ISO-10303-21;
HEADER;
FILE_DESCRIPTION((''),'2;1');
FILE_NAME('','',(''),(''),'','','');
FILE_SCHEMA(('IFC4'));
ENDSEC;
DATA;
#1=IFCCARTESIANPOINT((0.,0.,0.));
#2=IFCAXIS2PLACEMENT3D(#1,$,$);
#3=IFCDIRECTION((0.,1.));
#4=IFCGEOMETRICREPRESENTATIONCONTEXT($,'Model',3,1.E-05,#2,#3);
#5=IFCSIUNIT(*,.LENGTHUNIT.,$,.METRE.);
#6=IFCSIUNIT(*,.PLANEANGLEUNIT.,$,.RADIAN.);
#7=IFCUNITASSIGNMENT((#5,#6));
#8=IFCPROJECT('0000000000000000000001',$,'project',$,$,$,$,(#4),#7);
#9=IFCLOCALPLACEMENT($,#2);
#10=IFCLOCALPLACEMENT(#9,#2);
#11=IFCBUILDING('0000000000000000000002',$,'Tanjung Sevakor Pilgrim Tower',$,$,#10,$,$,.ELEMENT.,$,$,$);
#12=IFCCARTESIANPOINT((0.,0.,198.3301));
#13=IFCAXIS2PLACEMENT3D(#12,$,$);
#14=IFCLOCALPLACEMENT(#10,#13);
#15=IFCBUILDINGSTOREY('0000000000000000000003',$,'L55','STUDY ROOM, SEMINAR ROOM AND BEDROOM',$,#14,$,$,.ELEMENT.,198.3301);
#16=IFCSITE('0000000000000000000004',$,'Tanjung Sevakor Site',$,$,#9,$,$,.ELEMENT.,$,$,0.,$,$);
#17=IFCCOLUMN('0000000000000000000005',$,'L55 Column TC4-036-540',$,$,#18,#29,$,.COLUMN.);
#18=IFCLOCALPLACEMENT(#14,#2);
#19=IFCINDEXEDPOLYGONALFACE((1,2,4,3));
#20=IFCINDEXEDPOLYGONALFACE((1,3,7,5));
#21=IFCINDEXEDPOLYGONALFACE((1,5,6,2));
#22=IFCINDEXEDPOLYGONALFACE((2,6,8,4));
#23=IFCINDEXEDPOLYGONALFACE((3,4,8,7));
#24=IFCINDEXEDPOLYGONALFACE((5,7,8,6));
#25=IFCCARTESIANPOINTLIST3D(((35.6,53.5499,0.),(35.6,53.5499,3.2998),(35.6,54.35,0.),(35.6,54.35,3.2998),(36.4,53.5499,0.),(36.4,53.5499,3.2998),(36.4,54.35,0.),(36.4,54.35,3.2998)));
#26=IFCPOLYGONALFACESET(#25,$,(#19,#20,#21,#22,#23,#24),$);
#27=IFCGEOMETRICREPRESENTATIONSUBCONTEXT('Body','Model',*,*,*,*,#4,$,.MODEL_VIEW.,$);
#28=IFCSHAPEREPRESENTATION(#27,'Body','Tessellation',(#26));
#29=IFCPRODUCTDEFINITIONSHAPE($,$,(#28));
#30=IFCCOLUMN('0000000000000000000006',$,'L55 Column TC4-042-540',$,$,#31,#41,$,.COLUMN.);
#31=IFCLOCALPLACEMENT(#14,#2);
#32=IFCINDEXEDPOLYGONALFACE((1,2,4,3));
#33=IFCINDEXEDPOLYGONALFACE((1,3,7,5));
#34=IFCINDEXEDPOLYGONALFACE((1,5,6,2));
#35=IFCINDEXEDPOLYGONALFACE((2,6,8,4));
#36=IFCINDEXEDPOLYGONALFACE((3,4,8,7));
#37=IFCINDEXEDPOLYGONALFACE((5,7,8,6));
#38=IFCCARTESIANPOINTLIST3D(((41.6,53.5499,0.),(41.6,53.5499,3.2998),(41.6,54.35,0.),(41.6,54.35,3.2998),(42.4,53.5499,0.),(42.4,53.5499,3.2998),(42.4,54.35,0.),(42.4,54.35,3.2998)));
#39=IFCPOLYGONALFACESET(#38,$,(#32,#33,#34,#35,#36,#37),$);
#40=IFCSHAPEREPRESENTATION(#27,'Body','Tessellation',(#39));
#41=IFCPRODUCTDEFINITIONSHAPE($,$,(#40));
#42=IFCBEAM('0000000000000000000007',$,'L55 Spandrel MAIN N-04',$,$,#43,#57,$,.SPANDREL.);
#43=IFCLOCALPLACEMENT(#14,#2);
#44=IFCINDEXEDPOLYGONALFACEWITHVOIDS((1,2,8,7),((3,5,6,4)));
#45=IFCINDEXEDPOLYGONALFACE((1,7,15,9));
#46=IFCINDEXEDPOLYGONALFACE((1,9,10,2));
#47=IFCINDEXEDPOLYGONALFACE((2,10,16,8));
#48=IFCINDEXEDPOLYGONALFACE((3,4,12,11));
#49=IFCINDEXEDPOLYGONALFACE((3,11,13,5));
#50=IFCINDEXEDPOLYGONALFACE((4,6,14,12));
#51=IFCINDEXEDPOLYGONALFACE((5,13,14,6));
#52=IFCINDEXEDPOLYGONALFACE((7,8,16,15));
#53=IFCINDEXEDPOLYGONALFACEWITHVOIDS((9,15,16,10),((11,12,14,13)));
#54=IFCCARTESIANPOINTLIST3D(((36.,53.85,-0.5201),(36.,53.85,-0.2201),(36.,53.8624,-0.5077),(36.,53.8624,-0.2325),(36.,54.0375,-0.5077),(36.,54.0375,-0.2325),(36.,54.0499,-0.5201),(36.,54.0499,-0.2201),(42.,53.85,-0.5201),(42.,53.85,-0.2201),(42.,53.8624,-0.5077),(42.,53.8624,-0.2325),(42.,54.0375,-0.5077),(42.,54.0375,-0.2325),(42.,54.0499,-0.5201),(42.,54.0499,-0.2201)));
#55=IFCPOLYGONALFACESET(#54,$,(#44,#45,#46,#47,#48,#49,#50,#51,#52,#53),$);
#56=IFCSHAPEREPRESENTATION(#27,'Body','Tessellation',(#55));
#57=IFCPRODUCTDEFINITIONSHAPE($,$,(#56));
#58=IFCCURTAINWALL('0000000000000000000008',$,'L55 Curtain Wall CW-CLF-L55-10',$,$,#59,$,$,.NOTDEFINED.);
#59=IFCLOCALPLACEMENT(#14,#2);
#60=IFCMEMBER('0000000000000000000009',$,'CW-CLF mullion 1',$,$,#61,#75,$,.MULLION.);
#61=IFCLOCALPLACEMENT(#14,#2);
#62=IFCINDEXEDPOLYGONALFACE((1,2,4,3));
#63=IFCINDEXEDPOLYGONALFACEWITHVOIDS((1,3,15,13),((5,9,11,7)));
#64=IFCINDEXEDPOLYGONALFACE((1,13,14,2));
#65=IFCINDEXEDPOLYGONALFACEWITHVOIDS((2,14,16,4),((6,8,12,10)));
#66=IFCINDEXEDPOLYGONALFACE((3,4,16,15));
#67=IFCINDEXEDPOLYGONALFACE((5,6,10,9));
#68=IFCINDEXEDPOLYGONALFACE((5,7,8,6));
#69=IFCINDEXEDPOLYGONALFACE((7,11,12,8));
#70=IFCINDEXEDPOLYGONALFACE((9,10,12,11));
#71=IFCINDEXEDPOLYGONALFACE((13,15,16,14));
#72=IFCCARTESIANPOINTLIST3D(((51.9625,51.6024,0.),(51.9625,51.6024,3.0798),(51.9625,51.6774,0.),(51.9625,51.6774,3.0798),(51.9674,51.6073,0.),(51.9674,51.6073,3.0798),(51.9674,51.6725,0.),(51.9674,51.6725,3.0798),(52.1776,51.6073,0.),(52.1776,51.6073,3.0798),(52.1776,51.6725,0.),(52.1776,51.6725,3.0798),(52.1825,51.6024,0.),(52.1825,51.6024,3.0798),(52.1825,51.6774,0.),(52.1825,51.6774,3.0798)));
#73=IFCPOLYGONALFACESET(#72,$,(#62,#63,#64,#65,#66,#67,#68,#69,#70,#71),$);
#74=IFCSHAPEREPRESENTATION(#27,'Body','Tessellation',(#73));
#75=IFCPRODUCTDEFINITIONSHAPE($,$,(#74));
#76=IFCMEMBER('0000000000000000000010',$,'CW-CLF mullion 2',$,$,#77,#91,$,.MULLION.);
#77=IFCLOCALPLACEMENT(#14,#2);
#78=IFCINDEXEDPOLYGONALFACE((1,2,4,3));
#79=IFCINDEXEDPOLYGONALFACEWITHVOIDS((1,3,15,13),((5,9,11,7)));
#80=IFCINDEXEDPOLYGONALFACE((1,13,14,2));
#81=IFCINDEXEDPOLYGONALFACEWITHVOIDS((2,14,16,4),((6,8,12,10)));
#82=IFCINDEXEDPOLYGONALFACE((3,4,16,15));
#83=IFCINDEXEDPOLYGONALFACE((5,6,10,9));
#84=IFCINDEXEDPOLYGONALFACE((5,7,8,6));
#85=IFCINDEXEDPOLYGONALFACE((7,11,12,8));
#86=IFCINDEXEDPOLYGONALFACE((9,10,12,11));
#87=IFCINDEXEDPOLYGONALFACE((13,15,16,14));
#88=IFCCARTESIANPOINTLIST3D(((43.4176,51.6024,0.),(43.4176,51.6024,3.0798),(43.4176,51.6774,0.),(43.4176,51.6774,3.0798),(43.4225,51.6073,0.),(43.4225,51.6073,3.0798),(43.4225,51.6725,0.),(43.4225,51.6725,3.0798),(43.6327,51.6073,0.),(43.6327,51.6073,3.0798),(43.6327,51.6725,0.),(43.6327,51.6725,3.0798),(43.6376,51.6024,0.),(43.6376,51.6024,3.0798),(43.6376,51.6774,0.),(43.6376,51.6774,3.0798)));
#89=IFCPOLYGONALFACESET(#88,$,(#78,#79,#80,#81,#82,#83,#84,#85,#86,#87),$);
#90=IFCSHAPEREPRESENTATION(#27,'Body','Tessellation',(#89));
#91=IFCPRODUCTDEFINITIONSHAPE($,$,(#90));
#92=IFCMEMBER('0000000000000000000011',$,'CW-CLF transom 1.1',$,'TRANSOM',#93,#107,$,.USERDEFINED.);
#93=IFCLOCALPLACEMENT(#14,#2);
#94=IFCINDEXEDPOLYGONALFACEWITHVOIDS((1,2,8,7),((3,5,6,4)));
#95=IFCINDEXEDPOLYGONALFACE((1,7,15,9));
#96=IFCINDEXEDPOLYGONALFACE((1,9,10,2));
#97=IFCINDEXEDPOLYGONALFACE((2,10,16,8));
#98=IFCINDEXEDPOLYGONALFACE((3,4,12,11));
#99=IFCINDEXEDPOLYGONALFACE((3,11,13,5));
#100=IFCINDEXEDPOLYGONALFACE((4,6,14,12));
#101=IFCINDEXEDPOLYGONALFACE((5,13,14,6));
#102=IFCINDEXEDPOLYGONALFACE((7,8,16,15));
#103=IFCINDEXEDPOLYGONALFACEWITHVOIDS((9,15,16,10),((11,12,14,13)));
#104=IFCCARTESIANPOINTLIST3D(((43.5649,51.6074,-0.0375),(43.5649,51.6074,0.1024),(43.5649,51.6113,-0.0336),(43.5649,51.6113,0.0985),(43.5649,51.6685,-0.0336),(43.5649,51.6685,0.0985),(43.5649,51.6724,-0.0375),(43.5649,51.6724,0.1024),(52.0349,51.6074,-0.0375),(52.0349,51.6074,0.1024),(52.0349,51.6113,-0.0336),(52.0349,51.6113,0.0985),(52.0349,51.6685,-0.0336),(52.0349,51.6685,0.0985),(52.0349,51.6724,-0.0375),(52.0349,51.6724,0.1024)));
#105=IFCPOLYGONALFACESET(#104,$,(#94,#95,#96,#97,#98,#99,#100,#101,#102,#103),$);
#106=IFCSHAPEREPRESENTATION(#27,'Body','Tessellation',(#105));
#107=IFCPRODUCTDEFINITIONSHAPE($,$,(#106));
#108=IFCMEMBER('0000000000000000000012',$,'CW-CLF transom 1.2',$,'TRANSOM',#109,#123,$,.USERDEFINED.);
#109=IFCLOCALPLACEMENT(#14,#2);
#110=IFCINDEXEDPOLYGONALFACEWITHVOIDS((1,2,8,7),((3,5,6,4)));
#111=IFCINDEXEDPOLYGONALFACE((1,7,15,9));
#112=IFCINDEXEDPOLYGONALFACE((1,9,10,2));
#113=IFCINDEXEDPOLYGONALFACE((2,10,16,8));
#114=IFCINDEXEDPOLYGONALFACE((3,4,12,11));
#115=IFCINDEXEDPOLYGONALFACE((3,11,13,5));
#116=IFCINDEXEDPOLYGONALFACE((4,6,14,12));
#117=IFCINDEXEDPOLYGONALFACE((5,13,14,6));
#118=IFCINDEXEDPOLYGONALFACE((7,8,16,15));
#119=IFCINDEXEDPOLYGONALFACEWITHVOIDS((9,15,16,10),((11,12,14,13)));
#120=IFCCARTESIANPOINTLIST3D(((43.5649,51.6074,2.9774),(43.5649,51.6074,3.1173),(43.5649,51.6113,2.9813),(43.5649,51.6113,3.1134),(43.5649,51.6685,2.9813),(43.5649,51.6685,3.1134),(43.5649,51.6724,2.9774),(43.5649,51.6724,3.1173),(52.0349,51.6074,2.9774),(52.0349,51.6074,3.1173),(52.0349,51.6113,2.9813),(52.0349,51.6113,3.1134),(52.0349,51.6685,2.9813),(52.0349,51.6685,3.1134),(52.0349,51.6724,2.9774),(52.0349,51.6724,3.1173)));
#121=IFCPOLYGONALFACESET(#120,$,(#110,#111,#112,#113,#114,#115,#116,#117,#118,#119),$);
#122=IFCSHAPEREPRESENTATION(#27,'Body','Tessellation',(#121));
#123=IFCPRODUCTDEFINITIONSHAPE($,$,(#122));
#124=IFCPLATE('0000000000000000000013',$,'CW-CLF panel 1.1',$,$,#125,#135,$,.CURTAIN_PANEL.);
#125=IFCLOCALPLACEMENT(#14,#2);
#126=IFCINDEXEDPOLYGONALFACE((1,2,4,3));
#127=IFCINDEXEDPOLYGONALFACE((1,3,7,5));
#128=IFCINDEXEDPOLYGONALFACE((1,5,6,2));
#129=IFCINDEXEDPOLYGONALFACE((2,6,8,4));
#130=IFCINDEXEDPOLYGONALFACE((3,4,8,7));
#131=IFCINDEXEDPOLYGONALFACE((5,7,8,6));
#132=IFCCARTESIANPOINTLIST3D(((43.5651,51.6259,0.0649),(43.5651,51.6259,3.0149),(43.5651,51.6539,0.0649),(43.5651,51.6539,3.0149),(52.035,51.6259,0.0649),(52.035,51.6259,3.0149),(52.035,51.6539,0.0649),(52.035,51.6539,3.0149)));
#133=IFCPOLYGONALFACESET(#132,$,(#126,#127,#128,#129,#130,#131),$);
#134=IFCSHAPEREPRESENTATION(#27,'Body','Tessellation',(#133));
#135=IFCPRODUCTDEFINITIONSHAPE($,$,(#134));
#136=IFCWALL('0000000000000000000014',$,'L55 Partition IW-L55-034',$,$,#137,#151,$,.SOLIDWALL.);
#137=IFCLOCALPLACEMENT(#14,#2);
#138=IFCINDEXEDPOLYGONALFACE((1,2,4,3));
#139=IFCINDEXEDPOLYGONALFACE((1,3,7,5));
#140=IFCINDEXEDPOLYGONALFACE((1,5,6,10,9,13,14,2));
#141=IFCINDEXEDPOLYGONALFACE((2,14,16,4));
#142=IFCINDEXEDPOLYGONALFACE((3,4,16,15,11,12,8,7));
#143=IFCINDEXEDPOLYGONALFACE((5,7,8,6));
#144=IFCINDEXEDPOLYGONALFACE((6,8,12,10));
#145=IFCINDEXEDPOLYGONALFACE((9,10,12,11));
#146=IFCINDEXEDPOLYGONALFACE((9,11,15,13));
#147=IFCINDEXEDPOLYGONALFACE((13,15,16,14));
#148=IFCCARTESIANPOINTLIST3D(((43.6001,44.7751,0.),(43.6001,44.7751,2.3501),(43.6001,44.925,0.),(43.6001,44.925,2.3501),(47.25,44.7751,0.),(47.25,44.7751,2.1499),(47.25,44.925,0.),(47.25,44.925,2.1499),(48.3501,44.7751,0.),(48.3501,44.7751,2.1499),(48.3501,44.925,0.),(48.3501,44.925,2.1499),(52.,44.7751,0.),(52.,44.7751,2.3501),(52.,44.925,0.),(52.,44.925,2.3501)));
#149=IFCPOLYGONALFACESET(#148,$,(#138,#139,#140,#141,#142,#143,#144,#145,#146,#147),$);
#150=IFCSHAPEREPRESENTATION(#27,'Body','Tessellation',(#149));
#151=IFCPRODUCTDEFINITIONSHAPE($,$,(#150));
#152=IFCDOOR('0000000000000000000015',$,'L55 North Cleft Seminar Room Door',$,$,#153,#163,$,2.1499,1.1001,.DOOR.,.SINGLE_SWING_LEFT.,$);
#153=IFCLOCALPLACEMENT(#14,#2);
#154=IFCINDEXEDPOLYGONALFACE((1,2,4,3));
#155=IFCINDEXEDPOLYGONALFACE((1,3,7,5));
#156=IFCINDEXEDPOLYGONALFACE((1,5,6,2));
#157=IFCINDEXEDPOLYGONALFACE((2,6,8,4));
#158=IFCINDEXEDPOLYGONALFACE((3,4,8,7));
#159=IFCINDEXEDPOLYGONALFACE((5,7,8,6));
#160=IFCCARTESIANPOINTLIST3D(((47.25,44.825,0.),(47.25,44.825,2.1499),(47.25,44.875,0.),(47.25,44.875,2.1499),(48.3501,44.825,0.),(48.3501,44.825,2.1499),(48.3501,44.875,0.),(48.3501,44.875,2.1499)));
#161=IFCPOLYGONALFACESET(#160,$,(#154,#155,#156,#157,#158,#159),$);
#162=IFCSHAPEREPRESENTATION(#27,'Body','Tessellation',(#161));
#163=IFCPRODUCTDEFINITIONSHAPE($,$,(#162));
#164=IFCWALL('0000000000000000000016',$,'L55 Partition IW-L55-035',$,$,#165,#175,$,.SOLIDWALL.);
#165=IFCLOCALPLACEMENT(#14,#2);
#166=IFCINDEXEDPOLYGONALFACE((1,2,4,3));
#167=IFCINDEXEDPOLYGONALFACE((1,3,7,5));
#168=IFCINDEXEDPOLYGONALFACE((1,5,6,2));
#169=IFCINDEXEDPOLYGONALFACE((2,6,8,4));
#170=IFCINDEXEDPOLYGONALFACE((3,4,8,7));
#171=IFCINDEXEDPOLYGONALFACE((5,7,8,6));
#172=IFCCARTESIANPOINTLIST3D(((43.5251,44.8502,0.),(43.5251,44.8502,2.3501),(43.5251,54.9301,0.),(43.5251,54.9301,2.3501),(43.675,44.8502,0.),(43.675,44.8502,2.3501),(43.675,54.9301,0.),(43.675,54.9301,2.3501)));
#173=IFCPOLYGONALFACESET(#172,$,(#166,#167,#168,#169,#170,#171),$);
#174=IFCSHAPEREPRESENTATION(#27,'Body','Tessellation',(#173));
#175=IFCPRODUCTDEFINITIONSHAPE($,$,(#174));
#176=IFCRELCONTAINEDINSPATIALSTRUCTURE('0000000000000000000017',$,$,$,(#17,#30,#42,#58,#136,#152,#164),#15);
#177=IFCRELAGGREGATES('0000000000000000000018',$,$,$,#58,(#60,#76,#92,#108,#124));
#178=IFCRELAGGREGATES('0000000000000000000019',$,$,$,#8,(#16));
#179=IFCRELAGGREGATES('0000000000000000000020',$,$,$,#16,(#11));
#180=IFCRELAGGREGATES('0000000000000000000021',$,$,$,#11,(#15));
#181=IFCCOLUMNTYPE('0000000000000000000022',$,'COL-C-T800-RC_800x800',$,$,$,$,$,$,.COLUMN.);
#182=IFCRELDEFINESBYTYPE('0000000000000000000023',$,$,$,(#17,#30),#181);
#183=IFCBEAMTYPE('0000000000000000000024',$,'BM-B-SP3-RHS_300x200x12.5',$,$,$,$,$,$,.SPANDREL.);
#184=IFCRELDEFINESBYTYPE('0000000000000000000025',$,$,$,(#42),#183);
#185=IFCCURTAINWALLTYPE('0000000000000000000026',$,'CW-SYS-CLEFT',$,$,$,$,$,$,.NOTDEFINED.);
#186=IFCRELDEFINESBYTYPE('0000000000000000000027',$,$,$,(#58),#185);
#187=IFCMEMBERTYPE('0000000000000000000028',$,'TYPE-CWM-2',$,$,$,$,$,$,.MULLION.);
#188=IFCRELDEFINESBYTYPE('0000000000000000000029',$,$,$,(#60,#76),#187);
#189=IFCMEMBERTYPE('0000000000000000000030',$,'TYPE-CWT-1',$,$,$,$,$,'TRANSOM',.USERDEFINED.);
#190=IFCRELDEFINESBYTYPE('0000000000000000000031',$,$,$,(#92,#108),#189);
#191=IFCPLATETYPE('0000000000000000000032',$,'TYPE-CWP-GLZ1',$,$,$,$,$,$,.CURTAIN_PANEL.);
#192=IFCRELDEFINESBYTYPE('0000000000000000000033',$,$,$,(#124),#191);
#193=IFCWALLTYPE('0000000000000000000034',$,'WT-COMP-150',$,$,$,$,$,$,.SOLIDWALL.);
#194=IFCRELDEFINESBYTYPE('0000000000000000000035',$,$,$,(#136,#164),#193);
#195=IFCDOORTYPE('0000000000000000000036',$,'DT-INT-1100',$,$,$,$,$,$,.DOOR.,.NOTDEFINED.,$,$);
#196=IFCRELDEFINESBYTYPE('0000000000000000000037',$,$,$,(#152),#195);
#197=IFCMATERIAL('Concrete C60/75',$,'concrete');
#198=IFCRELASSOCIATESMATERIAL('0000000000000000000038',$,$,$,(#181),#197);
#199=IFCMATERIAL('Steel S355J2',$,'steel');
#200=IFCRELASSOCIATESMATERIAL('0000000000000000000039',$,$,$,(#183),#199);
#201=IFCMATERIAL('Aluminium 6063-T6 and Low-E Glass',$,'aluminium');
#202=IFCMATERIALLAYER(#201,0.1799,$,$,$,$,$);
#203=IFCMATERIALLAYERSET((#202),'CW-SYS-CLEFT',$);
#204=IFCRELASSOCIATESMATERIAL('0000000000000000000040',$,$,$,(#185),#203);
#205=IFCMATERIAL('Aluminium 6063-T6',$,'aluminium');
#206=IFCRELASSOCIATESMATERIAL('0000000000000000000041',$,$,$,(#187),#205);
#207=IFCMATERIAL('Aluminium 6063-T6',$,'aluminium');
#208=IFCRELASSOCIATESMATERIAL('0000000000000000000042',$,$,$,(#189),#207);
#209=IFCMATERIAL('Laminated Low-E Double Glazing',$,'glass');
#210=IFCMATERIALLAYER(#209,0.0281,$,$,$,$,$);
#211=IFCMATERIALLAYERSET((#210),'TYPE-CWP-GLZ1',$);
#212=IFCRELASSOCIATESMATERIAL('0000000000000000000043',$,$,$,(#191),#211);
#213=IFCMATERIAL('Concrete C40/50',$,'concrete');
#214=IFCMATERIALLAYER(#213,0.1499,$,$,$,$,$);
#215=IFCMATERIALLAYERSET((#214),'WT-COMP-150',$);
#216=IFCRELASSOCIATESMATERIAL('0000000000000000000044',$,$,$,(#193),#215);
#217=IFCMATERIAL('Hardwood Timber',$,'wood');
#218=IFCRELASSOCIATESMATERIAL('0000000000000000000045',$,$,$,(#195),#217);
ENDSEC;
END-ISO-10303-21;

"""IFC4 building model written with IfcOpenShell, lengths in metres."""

from ifc_helpers import new_model, si_unit, direction, frame, frame_2d, origin, origin_2d, place, context, subcontext, project, spatial, rectangle, hollow_rectangle, extrude, material, layer, layer_set, material_profile, profile_set, type_object, element, fill, aggregate, save


model = new_model("IFC4")

# Units and contexts
model_context = context("Model", 3, precision=1e-05, world=origin(), true_north=direction((0.0, 1.0)))
body_context = subcontext(model_context, "Body", "Model", "MODEL_VIEW")
ifc_project = project(units=[si_unit("LENGTHUNIT", "METRE"), si_unit("PLANEANGLEUNIT", "RADIAN")], contexts=[model_context])

# Site, building, storey
site_placement = place(None, origin())
site = spatial("IfcSite", under=ifc_project, at=site_placement, Name="Tanjung Sevakor Site", CompositionType="ELEMENT", RefElevation=0.0)
building_placement = place(site_placement, origin())
building = spatial("IfcBuilding", under=site, at=building_placement, Name="Tanjung Sevakor Pilgrim Tower", CompositionType="ELEMENT")
storey_placement = place(building_placement, frame((0.0, 0.0, 198.3301)))
storey = spatial("IfcBuildingStorey", under=building, at=storey_placement, Name="L55", Description="STUDY ROOM, SEMINAR ROOM AND BEDROOM", CompositionType="ELEMENT", Elevation=198.3301)

# Columns
ifc_material_1 = material(Name="Concrete C60/75", Category="concrete")
ifc_material_profile_1 = material_profile(ifc_material_1, rectangle(XDim=0.8, YDim=0.8, at=origin_2d()))
ifc_profile_set_1 = profile_set([ifc_material_profile_1], Name="Concrete C60/75")
column_type = type_object("IfcColumnType", Name="COL-C-T800-RC_800x800", PredefinedType="COLUMN", material=ifc_profile_set_1)
for number, where, z_axis, x_axis, name in (
    (1, (36.0, 53.95, 0.0), (0.0, 0.0, 1.0), (1.0, 0.0, 0.0), "L55 Column TC4-036-540"),
    (2, (42.0, 53.95, 0.0), (0.0, 0.0, 1.0), (1.0, 0.0, 0.0), "L55 Column TC4-042-540"),
):
    element("IfcColumn", number, at=place(storey_placement, frame(where, z_axis=z_axis, x_axis=x_axis)), inside=storey, type_object=column_type, Name=name, PredefinedType="COLUMN", context=body_context, shape_type="SweptSolid", body=[
        extrude(rectangle(XDim=0.8, YDim=0.8, at=origin_2d()), origin(), (0.0, 0.0, 1.0), 3.2998),
    ])

# Beam
ifc_material_2 = material(Name="Steel S355J2", Category="steel")
ifc_material_profile_2 = material_profile(ifc_material_2, hollow_rectangle(XDim=0.2, YDim=0.3, WallThickness=0.0125, at=origin_2d()))
ifc_profile_set_2 = profile_set([ifc_material_profile_2], Name="Steel S355J2")
beam_type = type_object("IfcBeamType", Name="BM-B-SP3-RHS_300x200x12.5", PredefinedType="SPANDREL", material=ifc_profile_set_2)
beam_placement = place(storey_placement, frame((36.0, 53.95, -0.3701), z_axis=(1.0, 0.0, 0.0), x_axis=(0.0, 1.0, 0.0)))
element("IfcBeam", 3, at=beam_placement, inside=storey, type_object=beam_type, Name="L55 Spandrel MAIN N-04", PredefinedType="SPANDREL", context=body_context, shape_type="SweptSolid", body=[
    extrude(hollow_rectangle(XDim=0.2, YDim=0.3, WallThickness=0.0125, at=origin_2d()), origin(), (0.0, 0.0, 1.0), 6.0),
])

# Curtain wall, members, plate
ifc_material_3 = material(Name="Aluminium 6063-T6 and Low-E Glass", Category="aluminium")
ifc_layer_1 = layer(ifc_material_3, 0.1799)
ifc_layer_set_1 = layer_set([ifc_layer_1], Name="CW-SYS-CLEFT")
curtain_wall_type = type_object("IfcCurtainWallType", Name="CW-SYS-CLEFT", PredefinedType="NOTDEFINED", material=ifc_layer_set_1)
curtain_wall_placement = place(storey_placement, origin())
curtain_wall = element("IfcCurtainWall", 4, at=curtain_wall_placement, inside=storey, type_object=curtain_wall_type, Name="L55 Curtain Wall CW-CLF-L55-10", PredefinedType="NOTDEFINED")
ifc_material_4 = material(Name="Aluminium 6063-T6", Category="aluminium")
ifc_material_profile_3 = material_profile(ifc_material_4, hollow_rectangle(XDim=0.075, YDim=0.22, WallThickness=0.0049, at=origin_2d()))
ifc_profile_set_3 = profile_set([ifc_material_profile_3], Name="Aluminium 6063-T6")
member_type_1 = type_object("IfcMemberType", Name="TYPE-CWM-2", PredefinedType="MULLION", material=ifc_profile_set_3)
member_1_placement = place(storey_placement, frame((52.0725, 51.6399, 0.0), z_axis=(0.0, 0.0, 1.0), x_axis=(0.0, -1.0, 0.0)))
member_1 = element("IfcMember", 5, at=member_1_placement, type_object=member_type_1, Name="CW-CLF mullion 1", PredefinedType="MULLION", context=body_context, shape_type="SweptSolid", body=[
    extrude(hollow_rectangle(XDim=0.075, YDim=0.22, WallThickness=0.0049, at=origin_2d()), origin(), (0.0, 0.0, 1.0), 3.0798),
])
member_2_placement = place(storey_placement, frame((43.5276, 51.6399, 0.0), z_axis=(0.0, 0.0, 1.0), x_axis=(0.0, -1.0, 0.0)))
member_2 = element("IfcMember", 6, at=member_2_placement, type_object=member_type_1, Name="CW-CLF mullion 2", PredefinedType="MULLION", context=body_context, shape_type="SweptSolid", body=[
    extrude(hollow_rectangle(XDim=0.075, YDim=0.22, WallThickness=0.0049, at=origin_2d()), origin(), (0.0, 0.0, 1.0), 3.0798),
])
ifc_material_5 = material(Name="Aluminium 6063-T6", Category="aluminium")
ifc_material_profile_4 = material_profile(ifc_material_5, hollow_rectangle(XDim=0.0649, YDim=0.1399, WallThickness=0.0039, at=origin_2d()))
ifc_profile_set_4 = profile_set([ifc_material_profile_4], Name="Aluminium 6063-T6")
member_type_2 = type_object("IfcMemberType", Name="TYPE-CWT-1", ElementType="TRANSOM", PredefinedType="USERDEFINED", material=ifc_profile_set_4)
member_3_placement = place(storey_placement, frame((52.0349, 51.6399, 0.0325), z_axis=(-1.0, 0.0, 0.0), x_axis=(0.0, -1.0, 0.0)))
member_3 = element("IfcMember", 7, at=member_3_placement, type_object=member_type_2, Name="CW-CLF transom 1.1", ObjectType="TRANSOM", PredefinedType="USERDEFINED", context=body_context, shape_type="SweptSolid", body=[
    extrude(hollow_rectangle(XDim=0.0649, YDim=0.1399, WallThickness=0.0039, at=origin_2d()), origin(), (0.0, 0.0, 1.0), 8.47),
])
member_4_placement = place(storey_placement, frame((52.0349, 51.6399, 3.0474), z_axis=(-1.0, 0.0, 0.0), x_axis=(0.0, -1.0, 0.0)))
member_4 = element("IfcMember", 8, at=member_4_placement, type_object=member_type_2, Name="CW-CLF transom 1.2", ObjectType="TRANSOM", PredefinedType="USERDEFINED", context=body_context, shape_type="SweptSolid", body=[
    extrude(hollow_rectangle(XDim=0.0649, YDim=0.1399, WallThickness=0.0039, at=origin_2d()), origin(), (0.0, 0.0, 1.0), 8.47),
])
ifc_material_6 = material(Name="Laminated Low-E Double Glazing", Category="glass")
ifc_layer_2 = layer(ifc_material_6, 0.0281)
ifc_layer_set_2 = layer_set([ifc_layer_2], Name="TYPE-CWP-GLZ1")
plate_type = type_object("IfcPlateType", Name="TYPE-CWP-GLZ1", PredefinedType="CURTAIN_PANEL", material=ifc_layer_set_2)
plate_placement = place(storey_placement, frame((47.8, 51.6399, 0.0649), z_axis=(0.0, 0.0, 1.0), x_axis=(-1.0, 0.0, 0.0)))
plate = element("IfcPlate", 9, at=plate_placement, type_object=plate_type, Name="CW-CLF panel 1.1", PredefinedType="CURTAIN_PANEL", context=body_context, shape_type="SweptSolid", body=[
    extrude(rectangle(XDim=8.47, YDim=0.0281, at=origin_2d()), origin(), (0.0, 0.0, 1.0), 2.95),
])
aggregate(curtain_wall, [member_1, member_2, member_3, member_4, plate])

# Wall, opening, door
ifc_material_7 = material(Name="Concrete C40/50", Category="concrete")
ifc_layer_3 = layer(ifc_material_7, 0.1499)
ifc_layer_set_3 = layer_set([ifc_layer_3], Name="WT-COMP-150")
wall_type_1 = type_object("IfcWallType", Name="WT-COMP-150", PredefinedType="SOLIDWALL", material=ifc_layer_set_3)
wall_1_placement = place(storey_placement, frame((43.6001, 44.8501, 0.0), z_axis=(0.0, 0.0, 1.0), x_axis=(1.0, 0.0, 0.0)))
wall_1 = element("IfcWall", 10, at=wall_1_placement, inside=storey, type_object=wall_type_1, Name="L55 Partition IW-L55-034", PredefinedType="SOLIDWALL", context=body_context, shape_type="SweptSolid", body=[
    extrude(rectangle(XDim=8.3999, YDim=0.1499, at=frame_2d((4.2, 0.0))), origin(), (0.0, 0.0, 1.0), 2.3501),
])
opening_1_placement = place(wall_1_placement, frame((3.6499, 0.0, 0.0)))
opening_1 = element("IfcOpeningElement", 11, at=opening_1_placement, cuts=wall_1, PredefinedType="OPENING", context=body_context, shape_type="SweptSolid", body=[
    extrude(rectangle(XDim=1.1001, YDim=2.1499, at=frame_2d((0.55, 1.075))), frame((0.0, 0.085, 0.0), z_axis=(0.0, -1.0, 0.0), x_axis=(1.0, 0.0, 0.0)), (0.0, 0.0, 1.0), 0.1699),
])
ifc_material_8 = material(Name="Hardwood Timber", Category="wood")
door_type_1 = type_object("IfcDoorType", Name="DT-INT-1100", OperationType="NOTDEFINED", PredefinedType="DOOR", material=ifc_material_8)
door_1_placement = place(opening_1_placement, origin())
door_1 = element("IfcDoor", 12, at=door_1_placement, inside=storey, type_object=door_type_1, Name="L55 North Cleft Seminar Room Door", OperationType="SINGLE_SWING_LEFT", OverallHeight=2.1499, OverallWidth=1.1001, PredefinedType="DOOR", context=body_context, shape_type="SweptSolid", body=[
    extrude(rectangle(XDim=1.1001, YDim=2.1499, at=frame_2d((0.55, 1.075))), frame((0.0, 0.0249, 0.0), z_axis=(0.0, -1.0, 0.0), x_axis=(1.0, 0.0, 0.0)), (0.0, 0.0, 1.0), 0.05),
])
fill(opening_1, door_1)

# Wall
for number, where, z_axis, x_axis, name in (
    (13, (43.6001, 44.8501, 0.0), (0.0, 0.0, 1.0), (0.0, 1.0, 0.0), "L55 Partition IW-L55-035"),
):
    element("IfcWall", number, at=place(storey_placement, frame(where, z_axis=z_axis, x_axis=x_axis)), inside=storey, type_object=wall_type_1, Name=name, PredefinedType="SOLIDWALL", context=body_context, shape_type="SweptSolid", body=[
        extrude(rectangle(XDim=10.0798, YDim=0.1499, at=frame_2d((5.04, 0.0))), origin(), (0.0, 0.0, 1.0), 2.3501),
    ])

save(model, "model.ifc")
